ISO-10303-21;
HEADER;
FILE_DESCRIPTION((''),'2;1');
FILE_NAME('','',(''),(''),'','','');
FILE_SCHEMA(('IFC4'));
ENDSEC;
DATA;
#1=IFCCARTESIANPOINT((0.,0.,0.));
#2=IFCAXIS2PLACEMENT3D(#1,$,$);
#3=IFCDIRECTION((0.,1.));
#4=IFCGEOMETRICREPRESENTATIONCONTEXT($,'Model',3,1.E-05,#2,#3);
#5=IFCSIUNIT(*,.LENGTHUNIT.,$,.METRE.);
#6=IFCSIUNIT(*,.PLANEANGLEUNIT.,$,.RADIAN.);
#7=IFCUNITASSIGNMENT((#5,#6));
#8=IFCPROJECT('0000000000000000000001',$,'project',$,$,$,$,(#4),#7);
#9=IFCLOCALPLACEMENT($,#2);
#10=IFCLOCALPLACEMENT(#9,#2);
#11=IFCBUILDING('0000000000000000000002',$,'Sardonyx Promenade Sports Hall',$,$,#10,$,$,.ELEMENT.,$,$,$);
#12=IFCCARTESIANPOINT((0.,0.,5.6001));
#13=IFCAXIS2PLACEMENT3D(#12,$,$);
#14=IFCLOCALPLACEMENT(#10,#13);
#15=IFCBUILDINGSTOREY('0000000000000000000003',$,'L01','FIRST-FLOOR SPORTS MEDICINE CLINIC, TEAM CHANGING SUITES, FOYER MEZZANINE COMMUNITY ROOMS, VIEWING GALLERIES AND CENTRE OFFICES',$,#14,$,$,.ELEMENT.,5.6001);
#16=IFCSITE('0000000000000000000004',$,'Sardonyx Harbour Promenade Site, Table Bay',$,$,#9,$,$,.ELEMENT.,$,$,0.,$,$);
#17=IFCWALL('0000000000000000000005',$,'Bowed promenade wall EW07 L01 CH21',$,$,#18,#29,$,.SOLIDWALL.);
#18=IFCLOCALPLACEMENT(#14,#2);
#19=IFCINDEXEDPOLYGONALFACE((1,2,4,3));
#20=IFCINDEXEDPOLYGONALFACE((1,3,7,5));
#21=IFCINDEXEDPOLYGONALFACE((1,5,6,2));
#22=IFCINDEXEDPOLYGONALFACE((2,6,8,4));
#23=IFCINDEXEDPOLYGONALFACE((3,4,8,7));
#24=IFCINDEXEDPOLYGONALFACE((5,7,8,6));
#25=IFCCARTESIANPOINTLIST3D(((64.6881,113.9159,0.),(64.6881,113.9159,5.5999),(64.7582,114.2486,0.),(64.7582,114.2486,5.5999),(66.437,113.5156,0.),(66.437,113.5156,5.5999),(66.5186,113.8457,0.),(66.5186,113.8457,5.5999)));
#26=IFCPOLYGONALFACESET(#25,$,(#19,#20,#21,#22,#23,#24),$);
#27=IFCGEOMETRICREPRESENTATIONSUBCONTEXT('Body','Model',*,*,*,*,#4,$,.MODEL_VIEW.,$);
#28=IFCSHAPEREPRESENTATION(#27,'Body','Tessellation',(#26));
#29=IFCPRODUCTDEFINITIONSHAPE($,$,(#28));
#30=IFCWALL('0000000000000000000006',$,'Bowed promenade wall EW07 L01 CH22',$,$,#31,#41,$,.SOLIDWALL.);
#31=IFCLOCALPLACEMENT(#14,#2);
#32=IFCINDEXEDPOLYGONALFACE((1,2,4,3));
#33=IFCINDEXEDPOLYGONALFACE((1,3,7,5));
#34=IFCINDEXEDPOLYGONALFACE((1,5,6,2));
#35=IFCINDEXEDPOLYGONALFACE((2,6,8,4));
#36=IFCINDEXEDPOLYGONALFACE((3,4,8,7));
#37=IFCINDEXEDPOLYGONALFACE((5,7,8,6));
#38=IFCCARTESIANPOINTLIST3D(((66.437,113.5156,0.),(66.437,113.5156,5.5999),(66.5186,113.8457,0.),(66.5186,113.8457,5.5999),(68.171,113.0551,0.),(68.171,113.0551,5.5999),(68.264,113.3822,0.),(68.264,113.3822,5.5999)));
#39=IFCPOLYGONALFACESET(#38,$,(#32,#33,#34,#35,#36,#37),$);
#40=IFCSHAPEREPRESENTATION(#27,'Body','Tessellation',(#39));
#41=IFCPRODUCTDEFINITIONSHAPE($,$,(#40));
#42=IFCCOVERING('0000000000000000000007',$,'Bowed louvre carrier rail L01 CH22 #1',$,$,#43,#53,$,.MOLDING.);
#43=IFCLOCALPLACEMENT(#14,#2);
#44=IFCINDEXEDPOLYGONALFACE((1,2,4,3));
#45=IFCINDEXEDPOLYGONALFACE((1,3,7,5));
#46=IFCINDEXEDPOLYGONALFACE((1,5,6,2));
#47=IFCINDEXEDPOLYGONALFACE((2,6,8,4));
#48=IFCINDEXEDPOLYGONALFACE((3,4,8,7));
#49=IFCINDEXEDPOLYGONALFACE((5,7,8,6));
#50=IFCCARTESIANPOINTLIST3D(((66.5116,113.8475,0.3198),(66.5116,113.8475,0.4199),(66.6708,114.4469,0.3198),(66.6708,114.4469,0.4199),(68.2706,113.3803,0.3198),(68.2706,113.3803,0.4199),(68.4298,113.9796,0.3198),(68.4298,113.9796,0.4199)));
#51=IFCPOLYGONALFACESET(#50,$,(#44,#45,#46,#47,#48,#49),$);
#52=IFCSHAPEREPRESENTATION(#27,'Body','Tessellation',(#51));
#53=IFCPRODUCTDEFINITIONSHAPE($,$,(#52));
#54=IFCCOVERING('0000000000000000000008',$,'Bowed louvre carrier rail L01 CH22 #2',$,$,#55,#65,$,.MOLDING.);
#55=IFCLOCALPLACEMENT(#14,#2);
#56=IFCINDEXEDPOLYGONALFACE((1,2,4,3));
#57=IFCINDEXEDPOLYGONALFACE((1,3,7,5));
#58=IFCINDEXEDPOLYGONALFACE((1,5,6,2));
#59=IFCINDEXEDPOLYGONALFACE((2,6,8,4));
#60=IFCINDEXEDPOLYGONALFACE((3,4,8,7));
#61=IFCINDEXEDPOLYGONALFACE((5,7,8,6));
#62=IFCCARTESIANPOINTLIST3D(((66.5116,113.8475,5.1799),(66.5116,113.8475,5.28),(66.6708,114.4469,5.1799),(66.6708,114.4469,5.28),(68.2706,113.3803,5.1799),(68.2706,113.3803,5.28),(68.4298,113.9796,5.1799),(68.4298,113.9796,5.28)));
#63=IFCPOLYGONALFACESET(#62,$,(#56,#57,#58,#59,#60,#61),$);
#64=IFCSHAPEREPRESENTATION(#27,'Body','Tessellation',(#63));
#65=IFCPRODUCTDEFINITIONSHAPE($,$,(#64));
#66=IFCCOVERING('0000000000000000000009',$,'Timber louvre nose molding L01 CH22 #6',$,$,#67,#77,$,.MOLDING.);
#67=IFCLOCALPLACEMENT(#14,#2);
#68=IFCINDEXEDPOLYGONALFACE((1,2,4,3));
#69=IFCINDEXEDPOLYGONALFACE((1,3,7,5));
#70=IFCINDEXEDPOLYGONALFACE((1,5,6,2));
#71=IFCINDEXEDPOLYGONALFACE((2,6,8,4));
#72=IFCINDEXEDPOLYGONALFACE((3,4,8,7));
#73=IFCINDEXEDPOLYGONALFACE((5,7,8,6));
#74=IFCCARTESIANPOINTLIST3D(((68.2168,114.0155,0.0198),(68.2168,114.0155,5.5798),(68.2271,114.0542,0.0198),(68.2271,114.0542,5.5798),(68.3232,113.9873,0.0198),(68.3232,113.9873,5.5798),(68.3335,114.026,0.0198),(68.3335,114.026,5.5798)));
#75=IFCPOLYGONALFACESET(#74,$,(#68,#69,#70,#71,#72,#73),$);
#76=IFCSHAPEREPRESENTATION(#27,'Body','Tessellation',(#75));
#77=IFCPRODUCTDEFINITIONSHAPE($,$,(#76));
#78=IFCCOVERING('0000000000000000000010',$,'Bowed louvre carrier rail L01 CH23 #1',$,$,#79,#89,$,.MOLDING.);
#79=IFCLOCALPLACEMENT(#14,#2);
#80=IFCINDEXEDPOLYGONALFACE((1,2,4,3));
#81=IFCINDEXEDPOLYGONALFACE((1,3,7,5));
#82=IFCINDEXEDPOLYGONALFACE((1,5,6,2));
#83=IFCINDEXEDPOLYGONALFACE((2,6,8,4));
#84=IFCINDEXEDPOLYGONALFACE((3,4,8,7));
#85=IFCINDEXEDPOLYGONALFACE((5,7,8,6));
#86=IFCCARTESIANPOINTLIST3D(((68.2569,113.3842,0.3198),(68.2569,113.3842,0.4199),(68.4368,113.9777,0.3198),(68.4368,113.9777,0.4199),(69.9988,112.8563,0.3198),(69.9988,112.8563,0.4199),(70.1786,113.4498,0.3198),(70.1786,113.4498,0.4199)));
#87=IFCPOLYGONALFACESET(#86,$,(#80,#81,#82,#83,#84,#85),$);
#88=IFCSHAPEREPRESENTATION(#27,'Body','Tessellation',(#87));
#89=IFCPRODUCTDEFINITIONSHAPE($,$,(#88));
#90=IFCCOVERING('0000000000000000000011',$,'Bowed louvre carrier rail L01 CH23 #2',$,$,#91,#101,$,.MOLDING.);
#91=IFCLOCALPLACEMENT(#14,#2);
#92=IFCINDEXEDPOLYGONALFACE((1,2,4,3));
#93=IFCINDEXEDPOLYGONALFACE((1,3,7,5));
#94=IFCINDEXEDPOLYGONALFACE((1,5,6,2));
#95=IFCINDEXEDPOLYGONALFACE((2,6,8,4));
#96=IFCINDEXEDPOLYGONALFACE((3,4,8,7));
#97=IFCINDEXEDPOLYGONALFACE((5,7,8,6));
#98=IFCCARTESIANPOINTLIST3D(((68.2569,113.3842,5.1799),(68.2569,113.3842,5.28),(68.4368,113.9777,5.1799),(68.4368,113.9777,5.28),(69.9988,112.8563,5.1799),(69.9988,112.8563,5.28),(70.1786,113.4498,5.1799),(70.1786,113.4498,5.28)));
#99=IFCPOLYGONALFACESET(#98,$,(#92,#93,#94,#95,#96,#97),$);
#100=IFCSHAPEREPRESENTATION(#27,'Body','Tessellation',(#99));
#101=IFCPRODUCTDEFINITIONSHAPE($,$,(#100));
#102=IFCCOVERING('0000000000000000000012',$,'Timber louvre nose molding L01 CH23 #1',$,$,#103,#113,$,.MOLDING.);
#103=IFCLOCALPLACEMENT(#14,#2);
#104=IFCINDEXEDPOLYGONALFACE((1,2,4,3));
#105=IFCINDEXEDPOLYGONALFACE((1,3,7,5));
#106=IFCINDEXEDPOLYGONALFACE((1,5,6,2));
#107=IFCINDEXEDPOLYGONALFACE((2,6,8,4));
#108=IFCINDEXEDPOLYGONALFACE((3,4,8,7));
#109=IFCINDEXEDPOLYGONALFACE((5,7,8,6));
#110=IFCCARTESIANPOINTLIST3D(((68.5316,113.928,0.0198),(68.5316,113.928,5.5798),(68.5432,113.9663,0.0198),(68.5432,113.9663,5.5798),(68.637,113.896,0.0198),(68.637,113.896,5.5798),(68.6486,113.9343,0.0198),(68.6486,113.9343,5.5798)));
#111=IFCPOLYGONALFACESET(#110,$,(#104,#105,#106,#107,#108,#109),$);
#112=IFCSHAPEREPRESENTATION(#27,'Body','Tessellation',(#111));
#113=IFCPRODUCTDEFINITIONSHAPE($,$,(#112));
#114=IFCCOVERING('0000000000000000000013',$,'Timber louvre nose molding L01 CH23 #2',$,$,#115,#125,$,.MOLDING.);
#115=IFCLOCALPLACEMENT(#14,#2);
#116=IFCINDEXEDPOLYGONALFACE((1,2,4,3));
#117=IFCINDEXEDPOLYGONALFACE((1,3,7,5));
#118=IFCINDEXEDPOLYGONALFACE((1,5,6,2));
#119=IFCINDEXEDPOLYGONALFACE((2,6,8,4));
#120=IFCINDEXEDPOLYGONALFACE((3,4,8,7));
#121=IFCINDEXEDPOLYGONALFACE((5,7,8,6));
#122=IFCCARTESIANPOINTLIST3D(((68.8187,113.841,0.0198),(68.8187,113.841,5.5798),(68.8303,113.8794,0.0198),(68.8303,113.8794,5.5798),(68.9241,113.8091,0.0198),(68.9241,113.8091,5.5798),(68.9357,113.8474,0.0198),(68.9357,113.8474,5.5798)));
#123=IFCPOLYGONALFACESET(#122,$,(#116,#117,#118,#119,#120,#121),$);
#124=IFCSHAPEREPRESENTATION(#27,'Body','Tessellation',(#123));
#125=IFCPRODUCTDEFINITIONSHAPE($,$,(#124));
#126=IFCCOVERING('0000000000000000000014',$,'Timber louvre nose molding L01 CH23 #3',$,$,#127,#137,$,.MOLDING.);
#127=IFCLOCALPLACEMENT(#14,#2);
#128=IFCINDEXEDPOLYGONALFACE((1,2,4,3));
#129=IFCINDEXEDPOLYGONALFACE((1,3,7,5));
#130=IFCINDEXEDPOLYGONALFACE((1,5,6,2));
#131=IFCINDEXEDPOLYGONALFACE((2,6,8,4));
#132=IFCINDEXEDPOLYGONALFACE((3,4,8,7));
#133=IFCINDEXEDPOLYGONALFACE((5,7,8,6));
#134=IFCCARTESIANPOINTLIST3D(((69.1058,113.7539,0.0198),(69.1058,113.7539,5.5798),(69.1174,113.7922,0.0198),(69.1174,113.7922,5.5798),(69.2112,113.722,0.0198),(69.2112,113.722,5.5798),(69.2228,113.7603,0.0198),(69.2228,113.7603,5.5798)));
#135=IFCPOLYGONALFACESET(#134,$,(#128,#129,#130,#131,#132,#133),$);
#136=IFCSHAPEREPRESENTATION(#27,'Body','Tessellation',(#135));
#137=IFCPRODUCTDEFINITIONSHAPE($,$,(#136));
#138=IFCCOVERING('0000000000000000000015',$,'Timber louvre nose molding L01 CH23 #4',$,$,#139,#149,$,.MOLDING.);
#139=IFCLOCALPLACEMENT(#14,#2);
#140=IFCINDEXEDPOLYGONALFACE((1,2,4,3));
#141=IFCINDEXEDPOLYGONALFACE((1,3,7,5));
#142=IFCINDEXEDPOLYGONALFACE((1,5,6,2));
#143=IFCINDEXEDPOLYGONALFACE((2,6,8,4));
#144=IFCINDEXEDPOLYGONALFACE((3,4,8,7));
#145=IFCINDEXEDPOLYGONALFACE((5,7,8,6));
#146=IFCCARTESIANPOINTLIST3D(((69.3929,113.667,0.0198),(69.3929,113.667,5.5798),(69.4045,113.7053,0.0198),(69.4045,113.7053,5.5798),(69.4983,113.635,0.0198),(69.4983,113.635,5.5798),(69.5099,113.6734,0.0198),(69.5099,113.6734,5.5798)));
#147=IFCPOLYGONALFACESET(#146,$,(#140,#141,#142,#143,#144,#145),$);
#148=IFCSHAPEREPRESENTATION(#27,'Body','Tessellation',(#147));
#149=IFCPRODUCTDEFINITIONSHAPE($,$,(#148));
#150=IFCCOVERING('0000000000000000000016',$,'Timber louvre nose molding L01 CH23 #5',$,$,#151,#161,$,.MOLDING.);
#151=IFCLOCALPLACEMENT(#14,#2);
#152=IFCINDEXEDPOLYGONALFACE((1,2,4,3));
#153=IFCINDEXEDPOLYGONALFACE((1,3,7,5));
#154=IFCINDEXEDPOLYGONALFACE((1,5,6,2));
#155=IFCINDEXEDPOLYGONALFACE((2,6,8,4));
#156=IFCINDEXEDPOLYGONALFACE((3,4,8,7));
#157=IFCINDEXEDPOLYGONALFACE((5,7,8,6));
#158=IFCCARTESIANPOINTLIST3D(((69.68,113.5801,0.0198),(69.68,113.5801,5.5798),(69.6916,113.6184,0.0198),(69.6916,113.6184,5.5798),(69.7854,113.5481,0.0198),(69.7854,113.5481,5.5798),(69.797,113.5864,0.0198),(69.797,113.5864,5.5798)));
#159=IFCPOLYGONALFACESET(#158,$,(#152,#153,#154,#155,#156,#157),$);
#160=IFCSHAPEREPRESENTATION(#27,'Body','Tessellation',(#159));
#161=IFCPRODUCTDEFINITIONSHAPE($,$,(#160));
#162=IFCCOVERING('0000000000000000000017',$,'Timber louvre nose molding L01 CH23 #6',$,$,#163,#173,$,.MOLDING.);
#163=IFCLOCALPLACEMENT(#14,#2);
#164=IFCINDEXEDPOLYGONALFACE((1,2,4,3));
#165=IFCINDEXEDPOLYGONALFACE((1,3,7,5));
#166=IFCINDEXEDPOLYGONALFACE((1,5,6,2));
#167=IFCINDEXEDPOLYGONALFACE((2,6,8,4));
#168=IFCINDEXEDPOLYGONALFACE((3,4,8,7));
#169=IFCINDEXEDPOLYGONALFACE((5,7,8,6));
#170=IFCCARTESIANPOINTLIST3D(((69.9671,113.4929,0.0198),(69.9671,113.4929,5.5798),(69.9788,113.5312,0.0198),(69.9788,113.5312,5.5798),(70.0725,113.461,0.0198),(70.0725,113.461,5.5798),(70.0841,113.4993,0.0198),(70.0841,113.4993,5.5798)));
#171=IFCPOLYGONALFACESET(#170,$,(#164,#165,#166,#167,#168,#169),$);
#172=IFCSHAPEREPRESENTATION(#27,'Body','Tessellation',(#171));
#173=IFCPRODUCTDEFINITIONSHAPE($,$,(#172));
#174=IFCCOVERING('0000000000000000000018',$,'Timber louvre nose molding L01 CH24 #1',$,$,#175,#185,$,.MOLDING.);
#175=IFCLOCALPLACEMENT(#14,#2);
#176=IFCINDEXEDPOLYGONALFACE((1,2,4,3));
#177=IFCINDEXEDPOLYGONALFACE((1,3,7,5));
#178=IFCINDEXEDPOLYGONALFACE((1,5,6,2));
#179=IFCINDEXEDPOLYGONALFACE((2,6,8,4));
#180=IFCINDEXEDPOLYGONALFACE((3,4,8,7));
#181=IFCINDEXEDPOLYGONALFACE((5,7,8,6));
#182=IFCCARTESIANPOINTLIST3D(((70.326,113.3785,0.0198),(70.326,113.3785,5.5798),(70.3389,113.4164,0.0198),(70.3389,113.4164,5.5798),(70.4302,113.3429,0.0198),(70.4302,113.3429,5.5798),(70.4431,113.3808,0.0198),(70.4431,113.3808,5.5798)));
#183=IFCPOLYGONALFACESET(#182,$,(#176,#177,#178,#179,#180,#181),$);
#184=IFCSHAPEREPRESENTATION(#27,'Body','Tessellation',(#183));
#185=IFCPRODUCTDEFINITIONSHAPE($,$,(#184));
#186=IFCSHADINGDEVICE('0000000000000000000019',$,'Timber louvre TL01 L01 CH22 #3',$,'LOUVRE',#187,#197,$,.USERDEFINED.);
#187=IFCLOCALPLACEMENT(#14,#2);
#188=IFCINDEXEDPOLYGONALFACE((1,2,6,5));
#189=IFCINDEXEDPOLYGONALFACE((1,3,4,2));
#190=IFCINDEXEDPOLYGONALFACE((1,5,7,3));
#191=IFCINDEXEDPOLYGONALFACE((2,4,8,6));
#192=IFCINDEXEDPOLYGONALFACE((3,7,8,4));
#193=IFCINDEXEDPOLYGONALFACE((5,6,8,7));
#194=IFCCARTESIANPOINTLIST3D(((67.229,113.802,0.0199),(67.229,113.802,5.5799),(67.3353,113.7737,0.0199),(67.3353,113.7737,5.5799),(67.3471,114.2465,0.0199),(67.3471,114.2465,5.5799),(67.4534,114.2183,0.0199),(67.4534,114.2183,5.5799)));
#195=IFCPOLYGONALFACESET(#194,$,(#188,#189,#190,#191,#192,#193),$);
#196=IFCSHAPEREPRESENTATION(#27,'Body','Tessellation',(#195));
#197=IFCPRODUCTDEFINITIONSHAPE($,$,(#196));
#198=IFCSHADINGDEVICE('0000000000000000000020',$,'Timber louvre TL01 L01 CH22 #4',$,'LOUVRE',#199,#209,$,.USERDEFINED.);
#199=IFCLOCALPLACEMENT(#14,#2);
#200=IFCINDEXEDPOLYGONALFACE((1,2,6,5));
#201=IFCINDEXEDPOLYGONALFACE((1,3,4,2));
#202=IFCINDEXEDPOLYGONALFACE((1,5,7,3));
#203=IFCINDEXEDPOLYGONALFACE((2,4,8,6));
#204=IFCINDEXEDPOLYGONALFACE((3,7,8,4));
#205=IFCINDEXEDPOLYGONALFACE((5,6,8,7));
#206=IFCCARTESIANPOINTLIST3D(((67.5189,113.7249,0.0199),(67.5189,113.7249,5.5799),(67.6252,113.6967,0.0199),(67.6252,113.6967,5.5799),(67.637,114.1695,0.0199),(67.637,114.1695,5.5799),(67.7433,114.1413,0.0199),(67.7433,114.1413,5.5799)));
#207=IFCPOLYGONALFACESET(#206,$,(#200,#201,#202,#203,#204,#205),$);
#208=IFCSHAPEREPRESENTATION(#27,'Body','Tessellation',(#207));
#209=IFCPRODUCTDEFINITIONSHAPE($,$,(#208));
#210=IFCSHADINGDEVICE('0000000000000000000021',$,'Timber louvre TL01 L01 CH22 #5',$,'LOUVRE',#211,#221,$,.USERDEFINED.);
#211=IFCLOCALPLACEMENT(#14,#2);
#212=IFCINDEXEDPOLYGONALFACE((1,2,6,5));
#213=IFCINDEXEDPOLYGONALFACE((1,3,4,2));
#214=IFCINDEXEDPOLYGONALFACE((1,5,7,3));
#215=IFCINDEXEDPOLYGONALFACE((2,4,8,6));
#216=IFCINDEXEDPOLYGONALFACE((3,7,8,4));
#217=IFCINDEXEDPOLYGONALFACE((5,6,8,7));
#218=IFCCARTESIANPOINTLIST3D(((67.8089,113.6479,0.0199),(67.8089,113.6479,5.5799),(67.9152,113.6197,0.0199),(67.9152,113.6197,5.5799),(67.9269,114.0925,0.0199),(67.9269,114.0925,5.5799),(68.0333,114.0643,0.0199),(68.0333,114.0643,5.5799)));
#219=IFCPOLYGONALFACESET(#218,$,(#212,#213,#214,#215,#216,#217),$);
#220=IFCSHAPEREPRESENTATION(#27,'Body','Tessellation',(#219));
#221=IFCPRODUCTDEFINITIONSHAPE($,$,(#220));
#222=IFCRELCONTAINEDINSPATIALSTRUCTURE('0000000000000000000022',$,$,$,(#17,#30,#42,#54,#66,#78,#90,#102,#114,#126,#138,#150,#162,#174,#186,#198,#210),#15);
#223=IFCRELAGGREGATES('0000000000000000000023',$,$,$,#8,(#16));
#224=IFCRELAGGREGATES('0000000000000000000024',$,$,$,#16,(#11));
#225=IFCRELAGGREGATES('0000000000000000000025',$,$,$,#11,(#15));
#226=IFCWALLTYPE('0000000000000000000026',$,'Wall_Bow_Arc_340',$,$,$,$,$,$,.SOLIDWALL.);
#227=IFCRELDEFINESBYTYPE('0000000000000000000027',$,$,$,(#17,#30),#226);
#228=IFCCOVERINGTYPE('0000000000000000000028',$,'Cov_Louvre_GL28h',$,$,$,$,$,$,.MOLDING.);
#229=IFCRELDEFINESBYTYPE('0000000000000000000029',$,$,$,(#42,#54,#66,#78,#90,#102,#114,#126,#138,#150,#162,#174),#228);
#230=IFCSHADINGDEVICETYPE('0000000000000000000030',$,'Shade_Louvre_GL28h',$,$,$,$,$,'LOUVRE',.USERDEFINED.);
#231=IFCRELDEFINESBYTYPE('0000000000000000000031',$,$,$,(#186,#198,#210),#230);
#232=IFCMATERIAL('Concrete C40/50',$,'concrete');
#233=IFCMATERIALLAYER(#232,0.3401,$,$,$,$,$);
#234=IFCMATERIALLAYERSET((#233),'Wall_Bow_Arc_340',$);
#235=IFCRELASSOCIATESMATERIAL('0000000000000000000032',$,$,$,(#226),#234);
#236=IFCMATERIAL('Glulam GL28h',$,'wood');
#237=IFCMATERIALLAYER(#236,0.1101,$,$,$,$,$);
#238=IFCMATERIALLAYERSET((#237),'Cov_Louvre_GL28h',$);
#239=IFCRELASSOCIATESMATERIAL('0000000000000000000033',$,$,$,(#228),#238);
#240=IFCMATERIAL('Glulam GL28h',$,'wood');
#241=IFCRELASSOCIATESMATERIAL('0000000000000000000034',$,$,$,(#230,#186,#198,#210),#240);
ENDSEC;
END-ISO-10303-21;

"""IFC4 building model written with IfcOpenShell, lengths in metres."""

from ifc_helpers import new_model, si_unit, direction, frame, origin, origin_2d, place, context, subcontext, project, spatial, polyline, rectangle, outline, extrude, material, layer, layer_set, type_object, element, save


model = new_model("IFC4")

# Units and contexts
model_context = context("Model", 3, precision=1e-05, world=origin(), true_north=direction((0.0, 1.0)))
body_context = subcontext(model_context, "Body", "Model", "MODEL_VIEW")
ifc_project = project(units=[si_unit("LENGTHUNIT", "METRE"), si_unit("PLANEANGLEUNIT", "RADIAN")], contexts=[model_context])

# Site, building, storey
site_placement = place(None, origin())
site = spatial("IfcSite", under=ifc_project, at=site_placement, Name="Sardonyx Harbour Promenade Site, Table Bay", CompositionType="ELEMENT", RefElevation=0.0)
building_placement = place(site_placement, origin())
building = spatial("IfcBuilding", under=site, at=building_placement, Name="Sardonyx Promenade Sports Hall", CompositionType="ELEMENT")
storey_placement = place(building_placement, frame((0.0, 0.0, 5.6001)))
storey = spatial("IfcBuildingStorey", under=building, at=storey_placement, Name="L01", Description="FIRST-FLOOR SPORTS MEDICINE CLINIC, TEAM CHANGING SUITES, FOYER MEZZANINE COMMUNITY ROOMS, VIEWING GALLERIES AND CENTRE OFFICES", CompositionType="ELEMENT", Elevation=5.6001)

# Walls
ifc_material_1 = material(Name="Concrete C40/50", Category="concrete")
ifc_layer_1 = layer(ifc_material_1, 0.3401)
ifc_layer_set_1 = layer_set([ifc_layer_1], Name="Wall_Bow_Arc_340")
wall_type = type_object("IfcWallType", Name="Wall_Bow_Arc_340", PredefinedType="SOLIDWALL", material=ifc_layer_set_1)
wall_1_placement = place(storey_placement, frame((64.7231, 114.0823, 0.0), z_axis=(0.0, 0.0, 1.0), x_axis=(0.974792, -0.223116, 0.0)))
element("IfcWall", 1, at=wall_1_placement, inside=storey, type_object=wall_type, Name="Bowed promenade wall EW07 L01 CH21", PredefinedType="SOLIDWALL", context=body_context, shape_type="SweptSolid", body=[
    extrude(outline(polyline([(0.0029, -0.17), (1.7971, -0.17), (1.8029, 0.17), (-0.0029, 0.17), (0.0029, -0.17)])), origin(), (0.0, 0.0, 1.0), 5.5999),
])
wall_2_placement = place(storey_placement, frame((66.4778, 113.6807, 0.0), z_axis=(0.0, 0.0, 1.0), x_axis=(0.966505, -0.256649, 0.0)))
element("IfcWall", 2, at=wall_2_placement, inside=storey, type_object=wall_type, Name="Bowed promenade wall EW07 L01 CH22", PredefinedType="SOLIDWALL", context=body_context, shape_type="SweptSolid", body=[
    extrude(outline(polyline([(0.0029, -0.17), (1.7971, -0.17), (1.8029, 0.17), (-0.0029, 0.17), (0.0029, -0.17)])), origin(), (0.0, 0.0, 1.0), 5.5999),
])

# Coverings
ifc_material_2 = material(Name="Glulam GL28h", Category="wood")
ifc_layer_2 = layer(ifc_material_2, 0.1101)
ifc_layer_set_2 = layer_set([ifc_layer_2], Name="Cov_Louvre_GL28h")
covering_type = type_object("IfcCoveringType", Name="Cov_Louvre_GL28h", PredefinedType="MOLDING", material=ifc_layer_set_2)
for number, where, z_axis, x_axis, name in (
    (3, (67.4707, 113.9136, 0.3198), (0.0, 0.0, 1.0), (0.966485, -0.256721, 0.0), "Bowed louvre carrier rail L01 CH22 #1"),
    (4, (67.4707, 113.9136, 5.1799), (0.0, 0.0, 1.0), (0.966485, -0.256721, 0.0), "Bowed louvre carrier rail L01 CH22 #2"),
):
    element("IfcCovering", number, at=place(storey_placement, frame(where, z_axis=z_axis, x_axis=x_axis)), inside=storey, type_object=covering_type, Name=name, PredefinedType="MOLDING", context=body_context, shape_type="SweptSolid", body=[
        extrude(rectangle(XDim=1.8201, YDim=0.6201, at=origin_2d()), origin(), (0.0, 0.0, 1.0), 0.1001),
    ])
covering_placement = place(storey_placement, frame((68.2751, 114.0208, 0.0198), z_axis=(0.0, 0.0, 1.0), x_axis=(0.966485, -0.256721, 0.0)))
element("IfcCovering", 5, at=covering_placement, inside=storey, type_object=covering_type, Name="Timber louvre nose molding L01 CH22 #6", PredefinedType="MOLDING", context=body_context, shape_type="SweptSolid", body=[
    extrude(rectangle(XDim=0.1101, YDim=0.04, at=origin_2d()), origin(), (0.0, 0.0, 1.0), 5.5601),
])
for number, where, z_axis, x_axis, name in (
    (6, (69.2178, 113.417, 0.3198), (0.0, 0.0, 1.0), (0.957021, -0.290017, 0.0), "Bowed louvre carrier rail L01 CH23 #1"),
    (7, (69.2178, 113.417, 5.1799), (0.0, 0.0, 1.0), (0.957021, -0.290017, 0.0), "Bowed louvre carrier rail L01 CH23 #2"),
):
    element("IfcCovering", number, at=place(storey_placement, frame(where, z_axis=z_axis, x_axis=x_axis)), inside=storey, type_object=covering_type, Name=name, PredefinedType="MOLDING", context=body_context, shape_type="SweptSolid", body=[
        extrude(rectangle(XDim=1.8201, YDim=0.6201, at=origin_2d()), origin(), (0.0, 0.0, 1.0), 0.1001),
    ])
for number, where, z_axis, x_axis, name in (
    (8, (68.5901, 113.9312, 0.0198), (0.0, 0.0, 1.0), (0.957021, -0.290017, 0.0), "Timber louvre nose molding L01 CH23 #1"),
    (9, (68.8772, 113.8442, 0.0198), (0.0, 0.0, 1.0), (0.957021, -0.290017, 0.0), "Timber louvre nose molding L01 CH23 #2"),
    (10, (69.1643, 113.7571, 0.0198), (0.0, 0.0, 1.0), (0.957021, -0.290017, 0.0), "Timber louvre nose molding L01 CH23 #3"),
    (11, (69.4514, 113.6702, 0.0198), (0.0, 0.0, 1.0), (0.957021, -0.290017, 0.0), "Timber louvre nose molding L01 CH23 #4"),
    (12, (69.7385, 113.5833, 0.0198), (0.0, 0.0, 1.0), (0.957021, -0.290017, 0.0), "Timber louvre nose molding L01 CH23 #5"),
    (13, (70.0256, 113.4961, 0.0198), (0.0, 0.0, 1.0), (0.957021, -0.290017, 0.0), "Timber louvre nose molding L01 CH23 #6"),
    (14, (70.3845, 113.3796, 0.0198), (0.0, 0.0, 1.0), (0.946411, -0.322966, 0.0), "Timber louvre nose molding L01 CH24 #1"),
):
    element("IfcCovering", number, at=place(storey_placement, frame(where, z_axis=z_axis, x_axis=x_axis)), inside=storey, type_object=covering_type, Name=name, PredefinedType="MOLDING", context=body_context, shape_type="SweptSolid", body=[
        extrude(rectangle(XDim=0.1101, YDim=0.04, at=origin_2d()), origin(), (0.0, 0.0, 1.0), 5.5601),
    ])

# Shading devices
ifc_material_3 = material(Name="Glulam GL28h", Category="wood")
shading_device_type = type_object("IfcShadingDeviceType", Name="Shade_Louvre_GL28h", ElementType="LOUVRE", PredefinedType="USERDEFINED", material=ifc_material_3)
for number, where, z_axis, x_axis, name in (
    (15, (67.3412, 114.0101, 0.0199), (0.0, 0.0, 1.0), (0.966485, -0.256721, 0.0), "Timber louvre TL01 L01 CH22 #3"),
    (16, (67.6311, 113.9331, 0.0199), (0.0, 0.0, 1.0), (0.966485, -0.256721, 0.0), "Timber louvre TL01 L01 CH22 #4"),
    (17, (67.9211, 113.8561, 0.0199), (0.0, 0.0, 1.0), (0.966485, -0.256721, 0.0), "Timber louvre TL01 L01 CH22 #5"),
):
    element("IfcShadingDevice", number, at=place(storey_placement, frame(where, z_axis=z_axis, x_axis=x_axis)), inside=storey, type_object=shading_device_type, material=ifc_material_3, Name=name, ObjectType="LOUVRE", PredefinedType="USERDEFINED", context=body_context, shape_type="SweptSolid", body=[
        extrude(rectangle(XDim=0.11, YDim=0.46), origin(), (0.0, 0.0, 1.0), 5.56),
    ])

save(model, "model.ifc")
